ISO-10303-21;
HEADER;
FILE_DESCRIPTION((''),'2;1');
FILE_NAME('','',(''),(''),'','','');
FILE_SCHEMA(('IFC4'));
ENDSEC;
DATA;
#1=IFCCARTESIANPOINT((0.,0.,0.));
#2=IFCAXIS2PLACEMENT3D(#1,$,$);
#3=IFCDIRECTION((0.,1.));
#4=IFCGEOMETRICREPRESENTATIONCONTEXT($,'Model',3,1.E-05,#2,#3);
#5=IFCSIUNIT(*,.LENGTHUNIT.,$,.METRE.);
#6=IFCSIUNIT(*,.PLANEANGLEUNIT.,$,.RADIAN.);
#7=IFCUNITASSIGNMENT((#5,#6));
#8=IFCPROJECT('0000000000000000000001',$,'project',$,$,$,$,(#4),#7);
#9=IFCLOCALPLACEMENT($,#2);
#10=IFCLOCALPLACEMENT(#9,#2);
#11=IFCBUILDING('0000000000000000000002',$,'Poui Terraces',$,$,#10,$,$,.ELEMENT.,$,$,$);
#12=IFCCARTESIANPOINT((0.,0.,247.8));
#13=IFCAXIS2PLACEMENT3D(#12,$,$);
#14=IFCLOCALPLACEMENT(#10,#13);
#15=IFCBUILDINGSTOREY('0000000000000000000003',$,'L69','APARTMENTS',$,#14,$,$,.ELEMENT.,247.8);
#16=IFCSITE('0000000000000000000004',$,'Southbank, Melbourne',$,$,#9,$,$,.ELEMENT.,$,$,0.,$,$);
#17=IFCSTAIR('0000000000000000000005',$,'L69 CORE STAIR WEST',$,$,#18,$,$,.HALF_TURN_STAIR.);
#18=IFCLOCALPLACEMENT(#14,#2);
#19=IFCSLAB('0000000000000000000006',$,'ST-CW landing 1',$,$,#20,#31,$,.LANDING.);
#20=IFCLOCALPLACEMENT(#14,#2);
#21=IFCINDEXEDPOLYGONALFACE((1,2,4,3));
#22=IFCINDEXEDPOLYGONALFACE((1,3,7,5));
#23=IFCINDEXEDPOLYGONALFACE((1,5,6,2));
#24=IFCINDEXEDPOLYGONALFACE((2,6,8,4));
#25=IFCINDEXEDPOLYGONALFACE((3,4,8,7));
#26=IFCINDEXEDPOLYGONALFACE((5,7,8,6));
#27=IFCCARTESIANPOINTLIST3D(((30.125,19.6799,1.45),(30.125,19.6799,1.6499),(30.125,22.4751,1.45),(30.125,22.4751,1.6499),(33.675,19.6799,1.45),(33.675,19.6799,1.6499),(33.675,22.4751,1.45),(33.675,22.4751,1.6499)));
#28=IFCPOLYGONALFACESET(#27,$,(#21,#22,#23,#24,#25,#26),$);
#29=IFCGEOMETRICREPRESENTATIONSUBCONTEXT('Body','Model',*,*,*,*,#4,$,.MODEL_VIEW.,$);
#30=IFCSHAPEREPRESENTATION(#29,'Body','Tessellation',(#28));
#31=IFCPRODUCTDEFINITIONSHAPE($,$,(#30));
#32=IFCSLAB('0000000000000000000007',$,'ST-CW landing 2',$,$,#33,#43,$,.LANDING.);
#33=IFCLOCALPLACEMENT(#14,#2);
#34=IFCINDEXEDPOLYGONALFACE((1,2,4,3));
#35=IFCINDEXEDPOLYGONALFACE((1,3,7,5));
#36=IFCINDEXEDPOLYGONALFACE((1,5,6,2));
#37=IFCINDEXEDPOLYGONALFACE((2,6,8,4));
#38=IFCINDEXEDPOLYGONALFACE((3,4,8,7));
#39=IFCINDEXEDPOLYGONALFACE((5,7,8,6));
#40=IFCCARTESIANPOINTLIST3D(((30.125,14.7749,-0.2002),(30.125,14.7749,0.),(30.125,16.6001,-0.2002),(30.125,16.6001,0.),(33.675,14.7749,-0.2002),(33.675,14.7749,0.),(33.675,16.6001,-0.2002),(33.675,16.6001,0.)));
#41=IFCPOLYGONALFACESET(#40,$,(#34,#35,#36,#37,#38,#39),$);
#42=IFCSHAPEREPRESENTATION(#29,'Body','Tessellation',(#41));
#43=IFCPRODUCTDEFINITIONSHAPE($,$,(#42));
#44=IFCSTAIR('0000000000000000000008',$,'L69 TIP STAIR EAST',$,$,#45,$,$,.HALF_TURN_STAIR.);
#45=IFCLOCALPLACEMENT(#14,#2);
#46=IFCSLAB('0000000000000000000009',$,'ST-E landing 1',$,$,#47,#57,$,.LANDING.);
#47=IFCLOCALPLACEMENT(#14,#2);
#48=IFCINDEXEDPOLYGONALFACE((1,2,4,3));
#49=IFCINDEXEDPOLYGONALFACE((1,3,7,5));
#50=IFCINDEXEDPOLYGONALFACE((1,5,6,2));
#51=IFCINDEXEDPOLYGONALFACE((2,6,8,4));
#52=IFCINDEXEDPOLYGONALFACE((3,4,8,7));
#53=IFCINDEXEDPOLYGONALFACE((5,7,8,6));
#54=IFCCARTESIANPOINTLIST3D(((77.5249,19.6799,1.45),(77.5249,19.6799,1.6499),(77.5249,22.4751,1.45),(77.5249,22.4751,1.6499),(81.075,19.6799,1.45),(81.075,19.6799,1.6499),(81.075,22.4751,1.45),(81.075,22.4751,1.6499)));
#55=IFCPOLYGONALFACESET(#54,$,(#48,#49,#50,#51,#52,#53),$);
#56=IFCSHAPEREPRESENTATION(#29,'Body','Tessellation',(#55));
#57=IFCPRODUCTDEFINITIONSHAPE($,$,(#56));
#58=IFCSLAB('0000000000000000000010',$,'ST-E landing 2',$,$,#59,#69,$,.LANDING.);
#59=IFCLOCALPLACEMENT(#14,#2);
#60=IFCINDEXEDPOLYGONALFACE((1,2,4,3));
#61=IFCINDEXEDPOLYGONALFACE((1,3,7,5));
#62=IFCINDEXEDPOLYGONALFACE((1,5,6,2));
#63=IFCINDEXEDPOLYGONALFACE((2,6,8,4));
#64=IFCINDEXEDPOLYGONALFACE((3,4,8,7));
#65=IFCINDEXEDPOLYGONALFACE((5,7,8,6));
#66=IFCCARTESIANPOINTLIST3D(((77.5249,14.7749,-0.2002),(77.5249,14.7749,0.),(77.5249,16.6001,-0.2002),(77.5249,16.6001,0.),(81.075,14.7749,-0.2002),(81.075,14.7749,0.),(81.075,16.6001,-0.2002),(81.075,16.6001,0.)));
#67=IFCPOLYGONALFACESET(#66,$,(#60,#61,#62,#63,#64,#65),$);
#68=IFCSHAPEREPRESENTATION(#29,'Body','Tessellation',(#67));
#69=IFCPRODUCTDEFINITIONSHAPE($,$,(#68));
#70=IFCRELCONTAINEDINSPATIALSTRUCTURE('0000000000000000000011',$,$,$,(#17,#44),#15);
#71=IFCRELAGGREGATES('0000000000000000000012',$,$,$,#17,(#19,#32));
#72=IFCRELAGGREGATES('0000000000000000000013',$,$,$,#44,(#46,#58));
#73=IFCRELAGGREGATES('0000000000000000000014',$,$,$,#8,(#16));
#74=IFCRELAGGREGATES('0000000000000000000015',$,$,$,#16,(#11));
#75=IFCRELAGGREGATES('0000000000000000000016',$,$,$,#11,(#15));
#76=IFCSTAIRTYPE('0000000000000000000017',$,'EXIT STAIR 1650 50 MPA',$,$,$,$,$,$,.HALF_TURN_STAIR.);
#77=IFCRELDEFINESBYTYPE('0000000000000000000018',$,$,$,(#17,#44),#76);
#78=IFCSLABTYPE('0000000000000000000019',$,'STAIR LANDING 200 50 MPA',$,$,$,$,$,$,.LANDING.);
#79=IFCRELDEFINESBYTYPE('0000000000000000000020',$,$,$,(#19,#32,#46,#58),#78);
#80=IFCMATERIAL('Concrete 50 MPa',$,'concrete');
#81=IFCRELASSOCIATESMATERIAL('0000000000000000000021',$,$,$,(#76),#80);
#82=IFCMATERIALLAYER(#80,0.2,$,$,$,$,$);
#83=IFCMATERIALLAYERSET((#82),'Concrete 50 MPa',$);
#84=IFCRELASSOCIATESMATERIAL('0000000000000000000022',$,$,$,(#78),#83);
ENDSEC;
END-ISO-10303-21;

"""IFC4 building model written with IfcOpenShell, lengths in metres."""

from ifc_helpers import new_model, si_unit, direction, frame, origin, place, context, subcontext, project, spatial, polyline, outline, extrude, material, layer, layer_set, type_object, element, aggregate, save


model = new_model("IFC4")

# Units and contexts
model_context = context("Model", 3, precision=1e-05, world=origin(), true_north=direction((0.0, 1.0)))
body_context = subcontext(model_context, "Body", "Model", "MODEL_VIEW")
ifc_project = project(units=[si_unit("LENGTHUNIT", "METRE"), si_unit("PLANEANGLEUNIT", "RADIAN")], contexts=[model_context])

# Site, building, storey
site_placement = place(None, origin())
site = spatial("IfcSite", under=ifc_project, at=site_placement, Name="Southbank, Melbourne", CompositionType="ELEMENT", RefElevation=0.0)
building_placement = place(site_placement, origin())
building = spatial("IfcBuilding", under=site, at=building_placement, Name="Poui Terraces", CompositionType="ELEMENT")
storey_placement = place(building_placement, frame((0.0, 0.0, 247.8)))
storey = spatial("IfcBuildingStorey", under=building, at=storey_placement, Name="L69", Description="APARTMENTS", CompositionType="ELEMENT", Elevation=247.8)

# Stairs, slabs
ifc_material = material(Name="Concrete 50 MPa", Category="concrete")
stair_type = type_object("IfcStairType", Name="EXIT STAIR 1650 50 MPA", PredefinedType="HALF_TURN_STAIR", material=ifc_material)
stair_1_placement = place(storey_placement, origin())
stair_1 = element("IfcStair", 1, at=stair_1_placement, inside=storey, type_object=stair_type, Name="L69 CORE STAIR WEST", PredefinedType="HALF_TURN_STAIR")
ifc_layer = layer(ifc_material, 0.2)
ifc_layer_set = layer_set([ifc_layer], Name="Concrete 50 MPa")
slab_type = type_object("IfcSlabType", Name="STAIR LANDING 200 50 MPA", PredefinedType="LANDING", material=ifc_layer_set)
slab_1_placement = place(storey_placement, frame((0.0, 0.0, 1.45)))
slab_1 = element("IfcSlab", 2, at=slab_1_placement, type_object=slab_type, Name="ST-CW landing 1", PredefinedType="LANDING", context=body_context, shape_type="SweptSolid", body=[
    extrude(outline(polyline([(30.125, 19.6799), (33.675, 19.6799), (33.675, 22.4751), (30.125, 22.4751), (30.125, 19.6799)])), origin(), (0.0, 0.0, 1.0), 0.2),
])
slab_2_placement = place(storey_placement, frame((0.0, 0.0, -0.2002)))
slab_2 = element("IfcSlab", 3, at=slab_2_placement, type_object=slab_type, Name="ST-CW landing 2", PredefinedType="LANDING", context=body_context, shape_type="SweptSolid", body=[
    extrude(outline(polyline([(30.125, 14.7749), (33.675, 14.7749), (33.675, 16.6001), (30.125, 16.6001), (30.125, 14.7749)])), origin(), (0.0, 0.0, 1.0), 0.2002),
])
aggregate(stair_1, [slab_1, slab_2])
stair_2_placement = place(storey_placement, origin())
stair_2 = element("IfcStair", 4, at=stair_2_placement, inside=storey, type_object=stair_type, Name="L69 TIP STAIR EAST", PredefinedType="HALF_TURN_STAIR")
slab_3_placement = place(storey_placement, frame((0.0, 0.0, 1.45)))
slab_3 = element("IfcSlab", 5, at=slab_3_placement, type_object=slab_type, Name="ST-E landing 1", PredefinedType="LANDING", context=body_context, shape_type="SweptSolid", body=[
    extrude(outline(polyline([(77.5249, 19.6799), (81.075, 19.6799), (81.075, 22.4751), (77.5249, 22.4751), (77.5249, 19.6799)])), origin(), (0.0, 0.0, 1.0), 0.2),
])
slab_4_placement = place(storey_placement, frame((0.0, 0.0, -0.2002)))
slab_4 = element("IfcSlab", 6, at=slab_4_placement, type_object=slab_type, Name="ST-E landing 2", PredefinedType="LANDING", context=body_context, shape_type="SweptSolid", body=[
    extrude(outline(polyline([(77.5249, 14.7749), (81.075, 14.7749), (81.075, 16.6001), (77.5249, 16.6001), (77.5249, 14.7749)])), origin(), (0.0, 0.0, 1.0), 0.2002),
])
aggregate(stair_2, [slab_3, slab_4])

save(model, "model.ifc")
